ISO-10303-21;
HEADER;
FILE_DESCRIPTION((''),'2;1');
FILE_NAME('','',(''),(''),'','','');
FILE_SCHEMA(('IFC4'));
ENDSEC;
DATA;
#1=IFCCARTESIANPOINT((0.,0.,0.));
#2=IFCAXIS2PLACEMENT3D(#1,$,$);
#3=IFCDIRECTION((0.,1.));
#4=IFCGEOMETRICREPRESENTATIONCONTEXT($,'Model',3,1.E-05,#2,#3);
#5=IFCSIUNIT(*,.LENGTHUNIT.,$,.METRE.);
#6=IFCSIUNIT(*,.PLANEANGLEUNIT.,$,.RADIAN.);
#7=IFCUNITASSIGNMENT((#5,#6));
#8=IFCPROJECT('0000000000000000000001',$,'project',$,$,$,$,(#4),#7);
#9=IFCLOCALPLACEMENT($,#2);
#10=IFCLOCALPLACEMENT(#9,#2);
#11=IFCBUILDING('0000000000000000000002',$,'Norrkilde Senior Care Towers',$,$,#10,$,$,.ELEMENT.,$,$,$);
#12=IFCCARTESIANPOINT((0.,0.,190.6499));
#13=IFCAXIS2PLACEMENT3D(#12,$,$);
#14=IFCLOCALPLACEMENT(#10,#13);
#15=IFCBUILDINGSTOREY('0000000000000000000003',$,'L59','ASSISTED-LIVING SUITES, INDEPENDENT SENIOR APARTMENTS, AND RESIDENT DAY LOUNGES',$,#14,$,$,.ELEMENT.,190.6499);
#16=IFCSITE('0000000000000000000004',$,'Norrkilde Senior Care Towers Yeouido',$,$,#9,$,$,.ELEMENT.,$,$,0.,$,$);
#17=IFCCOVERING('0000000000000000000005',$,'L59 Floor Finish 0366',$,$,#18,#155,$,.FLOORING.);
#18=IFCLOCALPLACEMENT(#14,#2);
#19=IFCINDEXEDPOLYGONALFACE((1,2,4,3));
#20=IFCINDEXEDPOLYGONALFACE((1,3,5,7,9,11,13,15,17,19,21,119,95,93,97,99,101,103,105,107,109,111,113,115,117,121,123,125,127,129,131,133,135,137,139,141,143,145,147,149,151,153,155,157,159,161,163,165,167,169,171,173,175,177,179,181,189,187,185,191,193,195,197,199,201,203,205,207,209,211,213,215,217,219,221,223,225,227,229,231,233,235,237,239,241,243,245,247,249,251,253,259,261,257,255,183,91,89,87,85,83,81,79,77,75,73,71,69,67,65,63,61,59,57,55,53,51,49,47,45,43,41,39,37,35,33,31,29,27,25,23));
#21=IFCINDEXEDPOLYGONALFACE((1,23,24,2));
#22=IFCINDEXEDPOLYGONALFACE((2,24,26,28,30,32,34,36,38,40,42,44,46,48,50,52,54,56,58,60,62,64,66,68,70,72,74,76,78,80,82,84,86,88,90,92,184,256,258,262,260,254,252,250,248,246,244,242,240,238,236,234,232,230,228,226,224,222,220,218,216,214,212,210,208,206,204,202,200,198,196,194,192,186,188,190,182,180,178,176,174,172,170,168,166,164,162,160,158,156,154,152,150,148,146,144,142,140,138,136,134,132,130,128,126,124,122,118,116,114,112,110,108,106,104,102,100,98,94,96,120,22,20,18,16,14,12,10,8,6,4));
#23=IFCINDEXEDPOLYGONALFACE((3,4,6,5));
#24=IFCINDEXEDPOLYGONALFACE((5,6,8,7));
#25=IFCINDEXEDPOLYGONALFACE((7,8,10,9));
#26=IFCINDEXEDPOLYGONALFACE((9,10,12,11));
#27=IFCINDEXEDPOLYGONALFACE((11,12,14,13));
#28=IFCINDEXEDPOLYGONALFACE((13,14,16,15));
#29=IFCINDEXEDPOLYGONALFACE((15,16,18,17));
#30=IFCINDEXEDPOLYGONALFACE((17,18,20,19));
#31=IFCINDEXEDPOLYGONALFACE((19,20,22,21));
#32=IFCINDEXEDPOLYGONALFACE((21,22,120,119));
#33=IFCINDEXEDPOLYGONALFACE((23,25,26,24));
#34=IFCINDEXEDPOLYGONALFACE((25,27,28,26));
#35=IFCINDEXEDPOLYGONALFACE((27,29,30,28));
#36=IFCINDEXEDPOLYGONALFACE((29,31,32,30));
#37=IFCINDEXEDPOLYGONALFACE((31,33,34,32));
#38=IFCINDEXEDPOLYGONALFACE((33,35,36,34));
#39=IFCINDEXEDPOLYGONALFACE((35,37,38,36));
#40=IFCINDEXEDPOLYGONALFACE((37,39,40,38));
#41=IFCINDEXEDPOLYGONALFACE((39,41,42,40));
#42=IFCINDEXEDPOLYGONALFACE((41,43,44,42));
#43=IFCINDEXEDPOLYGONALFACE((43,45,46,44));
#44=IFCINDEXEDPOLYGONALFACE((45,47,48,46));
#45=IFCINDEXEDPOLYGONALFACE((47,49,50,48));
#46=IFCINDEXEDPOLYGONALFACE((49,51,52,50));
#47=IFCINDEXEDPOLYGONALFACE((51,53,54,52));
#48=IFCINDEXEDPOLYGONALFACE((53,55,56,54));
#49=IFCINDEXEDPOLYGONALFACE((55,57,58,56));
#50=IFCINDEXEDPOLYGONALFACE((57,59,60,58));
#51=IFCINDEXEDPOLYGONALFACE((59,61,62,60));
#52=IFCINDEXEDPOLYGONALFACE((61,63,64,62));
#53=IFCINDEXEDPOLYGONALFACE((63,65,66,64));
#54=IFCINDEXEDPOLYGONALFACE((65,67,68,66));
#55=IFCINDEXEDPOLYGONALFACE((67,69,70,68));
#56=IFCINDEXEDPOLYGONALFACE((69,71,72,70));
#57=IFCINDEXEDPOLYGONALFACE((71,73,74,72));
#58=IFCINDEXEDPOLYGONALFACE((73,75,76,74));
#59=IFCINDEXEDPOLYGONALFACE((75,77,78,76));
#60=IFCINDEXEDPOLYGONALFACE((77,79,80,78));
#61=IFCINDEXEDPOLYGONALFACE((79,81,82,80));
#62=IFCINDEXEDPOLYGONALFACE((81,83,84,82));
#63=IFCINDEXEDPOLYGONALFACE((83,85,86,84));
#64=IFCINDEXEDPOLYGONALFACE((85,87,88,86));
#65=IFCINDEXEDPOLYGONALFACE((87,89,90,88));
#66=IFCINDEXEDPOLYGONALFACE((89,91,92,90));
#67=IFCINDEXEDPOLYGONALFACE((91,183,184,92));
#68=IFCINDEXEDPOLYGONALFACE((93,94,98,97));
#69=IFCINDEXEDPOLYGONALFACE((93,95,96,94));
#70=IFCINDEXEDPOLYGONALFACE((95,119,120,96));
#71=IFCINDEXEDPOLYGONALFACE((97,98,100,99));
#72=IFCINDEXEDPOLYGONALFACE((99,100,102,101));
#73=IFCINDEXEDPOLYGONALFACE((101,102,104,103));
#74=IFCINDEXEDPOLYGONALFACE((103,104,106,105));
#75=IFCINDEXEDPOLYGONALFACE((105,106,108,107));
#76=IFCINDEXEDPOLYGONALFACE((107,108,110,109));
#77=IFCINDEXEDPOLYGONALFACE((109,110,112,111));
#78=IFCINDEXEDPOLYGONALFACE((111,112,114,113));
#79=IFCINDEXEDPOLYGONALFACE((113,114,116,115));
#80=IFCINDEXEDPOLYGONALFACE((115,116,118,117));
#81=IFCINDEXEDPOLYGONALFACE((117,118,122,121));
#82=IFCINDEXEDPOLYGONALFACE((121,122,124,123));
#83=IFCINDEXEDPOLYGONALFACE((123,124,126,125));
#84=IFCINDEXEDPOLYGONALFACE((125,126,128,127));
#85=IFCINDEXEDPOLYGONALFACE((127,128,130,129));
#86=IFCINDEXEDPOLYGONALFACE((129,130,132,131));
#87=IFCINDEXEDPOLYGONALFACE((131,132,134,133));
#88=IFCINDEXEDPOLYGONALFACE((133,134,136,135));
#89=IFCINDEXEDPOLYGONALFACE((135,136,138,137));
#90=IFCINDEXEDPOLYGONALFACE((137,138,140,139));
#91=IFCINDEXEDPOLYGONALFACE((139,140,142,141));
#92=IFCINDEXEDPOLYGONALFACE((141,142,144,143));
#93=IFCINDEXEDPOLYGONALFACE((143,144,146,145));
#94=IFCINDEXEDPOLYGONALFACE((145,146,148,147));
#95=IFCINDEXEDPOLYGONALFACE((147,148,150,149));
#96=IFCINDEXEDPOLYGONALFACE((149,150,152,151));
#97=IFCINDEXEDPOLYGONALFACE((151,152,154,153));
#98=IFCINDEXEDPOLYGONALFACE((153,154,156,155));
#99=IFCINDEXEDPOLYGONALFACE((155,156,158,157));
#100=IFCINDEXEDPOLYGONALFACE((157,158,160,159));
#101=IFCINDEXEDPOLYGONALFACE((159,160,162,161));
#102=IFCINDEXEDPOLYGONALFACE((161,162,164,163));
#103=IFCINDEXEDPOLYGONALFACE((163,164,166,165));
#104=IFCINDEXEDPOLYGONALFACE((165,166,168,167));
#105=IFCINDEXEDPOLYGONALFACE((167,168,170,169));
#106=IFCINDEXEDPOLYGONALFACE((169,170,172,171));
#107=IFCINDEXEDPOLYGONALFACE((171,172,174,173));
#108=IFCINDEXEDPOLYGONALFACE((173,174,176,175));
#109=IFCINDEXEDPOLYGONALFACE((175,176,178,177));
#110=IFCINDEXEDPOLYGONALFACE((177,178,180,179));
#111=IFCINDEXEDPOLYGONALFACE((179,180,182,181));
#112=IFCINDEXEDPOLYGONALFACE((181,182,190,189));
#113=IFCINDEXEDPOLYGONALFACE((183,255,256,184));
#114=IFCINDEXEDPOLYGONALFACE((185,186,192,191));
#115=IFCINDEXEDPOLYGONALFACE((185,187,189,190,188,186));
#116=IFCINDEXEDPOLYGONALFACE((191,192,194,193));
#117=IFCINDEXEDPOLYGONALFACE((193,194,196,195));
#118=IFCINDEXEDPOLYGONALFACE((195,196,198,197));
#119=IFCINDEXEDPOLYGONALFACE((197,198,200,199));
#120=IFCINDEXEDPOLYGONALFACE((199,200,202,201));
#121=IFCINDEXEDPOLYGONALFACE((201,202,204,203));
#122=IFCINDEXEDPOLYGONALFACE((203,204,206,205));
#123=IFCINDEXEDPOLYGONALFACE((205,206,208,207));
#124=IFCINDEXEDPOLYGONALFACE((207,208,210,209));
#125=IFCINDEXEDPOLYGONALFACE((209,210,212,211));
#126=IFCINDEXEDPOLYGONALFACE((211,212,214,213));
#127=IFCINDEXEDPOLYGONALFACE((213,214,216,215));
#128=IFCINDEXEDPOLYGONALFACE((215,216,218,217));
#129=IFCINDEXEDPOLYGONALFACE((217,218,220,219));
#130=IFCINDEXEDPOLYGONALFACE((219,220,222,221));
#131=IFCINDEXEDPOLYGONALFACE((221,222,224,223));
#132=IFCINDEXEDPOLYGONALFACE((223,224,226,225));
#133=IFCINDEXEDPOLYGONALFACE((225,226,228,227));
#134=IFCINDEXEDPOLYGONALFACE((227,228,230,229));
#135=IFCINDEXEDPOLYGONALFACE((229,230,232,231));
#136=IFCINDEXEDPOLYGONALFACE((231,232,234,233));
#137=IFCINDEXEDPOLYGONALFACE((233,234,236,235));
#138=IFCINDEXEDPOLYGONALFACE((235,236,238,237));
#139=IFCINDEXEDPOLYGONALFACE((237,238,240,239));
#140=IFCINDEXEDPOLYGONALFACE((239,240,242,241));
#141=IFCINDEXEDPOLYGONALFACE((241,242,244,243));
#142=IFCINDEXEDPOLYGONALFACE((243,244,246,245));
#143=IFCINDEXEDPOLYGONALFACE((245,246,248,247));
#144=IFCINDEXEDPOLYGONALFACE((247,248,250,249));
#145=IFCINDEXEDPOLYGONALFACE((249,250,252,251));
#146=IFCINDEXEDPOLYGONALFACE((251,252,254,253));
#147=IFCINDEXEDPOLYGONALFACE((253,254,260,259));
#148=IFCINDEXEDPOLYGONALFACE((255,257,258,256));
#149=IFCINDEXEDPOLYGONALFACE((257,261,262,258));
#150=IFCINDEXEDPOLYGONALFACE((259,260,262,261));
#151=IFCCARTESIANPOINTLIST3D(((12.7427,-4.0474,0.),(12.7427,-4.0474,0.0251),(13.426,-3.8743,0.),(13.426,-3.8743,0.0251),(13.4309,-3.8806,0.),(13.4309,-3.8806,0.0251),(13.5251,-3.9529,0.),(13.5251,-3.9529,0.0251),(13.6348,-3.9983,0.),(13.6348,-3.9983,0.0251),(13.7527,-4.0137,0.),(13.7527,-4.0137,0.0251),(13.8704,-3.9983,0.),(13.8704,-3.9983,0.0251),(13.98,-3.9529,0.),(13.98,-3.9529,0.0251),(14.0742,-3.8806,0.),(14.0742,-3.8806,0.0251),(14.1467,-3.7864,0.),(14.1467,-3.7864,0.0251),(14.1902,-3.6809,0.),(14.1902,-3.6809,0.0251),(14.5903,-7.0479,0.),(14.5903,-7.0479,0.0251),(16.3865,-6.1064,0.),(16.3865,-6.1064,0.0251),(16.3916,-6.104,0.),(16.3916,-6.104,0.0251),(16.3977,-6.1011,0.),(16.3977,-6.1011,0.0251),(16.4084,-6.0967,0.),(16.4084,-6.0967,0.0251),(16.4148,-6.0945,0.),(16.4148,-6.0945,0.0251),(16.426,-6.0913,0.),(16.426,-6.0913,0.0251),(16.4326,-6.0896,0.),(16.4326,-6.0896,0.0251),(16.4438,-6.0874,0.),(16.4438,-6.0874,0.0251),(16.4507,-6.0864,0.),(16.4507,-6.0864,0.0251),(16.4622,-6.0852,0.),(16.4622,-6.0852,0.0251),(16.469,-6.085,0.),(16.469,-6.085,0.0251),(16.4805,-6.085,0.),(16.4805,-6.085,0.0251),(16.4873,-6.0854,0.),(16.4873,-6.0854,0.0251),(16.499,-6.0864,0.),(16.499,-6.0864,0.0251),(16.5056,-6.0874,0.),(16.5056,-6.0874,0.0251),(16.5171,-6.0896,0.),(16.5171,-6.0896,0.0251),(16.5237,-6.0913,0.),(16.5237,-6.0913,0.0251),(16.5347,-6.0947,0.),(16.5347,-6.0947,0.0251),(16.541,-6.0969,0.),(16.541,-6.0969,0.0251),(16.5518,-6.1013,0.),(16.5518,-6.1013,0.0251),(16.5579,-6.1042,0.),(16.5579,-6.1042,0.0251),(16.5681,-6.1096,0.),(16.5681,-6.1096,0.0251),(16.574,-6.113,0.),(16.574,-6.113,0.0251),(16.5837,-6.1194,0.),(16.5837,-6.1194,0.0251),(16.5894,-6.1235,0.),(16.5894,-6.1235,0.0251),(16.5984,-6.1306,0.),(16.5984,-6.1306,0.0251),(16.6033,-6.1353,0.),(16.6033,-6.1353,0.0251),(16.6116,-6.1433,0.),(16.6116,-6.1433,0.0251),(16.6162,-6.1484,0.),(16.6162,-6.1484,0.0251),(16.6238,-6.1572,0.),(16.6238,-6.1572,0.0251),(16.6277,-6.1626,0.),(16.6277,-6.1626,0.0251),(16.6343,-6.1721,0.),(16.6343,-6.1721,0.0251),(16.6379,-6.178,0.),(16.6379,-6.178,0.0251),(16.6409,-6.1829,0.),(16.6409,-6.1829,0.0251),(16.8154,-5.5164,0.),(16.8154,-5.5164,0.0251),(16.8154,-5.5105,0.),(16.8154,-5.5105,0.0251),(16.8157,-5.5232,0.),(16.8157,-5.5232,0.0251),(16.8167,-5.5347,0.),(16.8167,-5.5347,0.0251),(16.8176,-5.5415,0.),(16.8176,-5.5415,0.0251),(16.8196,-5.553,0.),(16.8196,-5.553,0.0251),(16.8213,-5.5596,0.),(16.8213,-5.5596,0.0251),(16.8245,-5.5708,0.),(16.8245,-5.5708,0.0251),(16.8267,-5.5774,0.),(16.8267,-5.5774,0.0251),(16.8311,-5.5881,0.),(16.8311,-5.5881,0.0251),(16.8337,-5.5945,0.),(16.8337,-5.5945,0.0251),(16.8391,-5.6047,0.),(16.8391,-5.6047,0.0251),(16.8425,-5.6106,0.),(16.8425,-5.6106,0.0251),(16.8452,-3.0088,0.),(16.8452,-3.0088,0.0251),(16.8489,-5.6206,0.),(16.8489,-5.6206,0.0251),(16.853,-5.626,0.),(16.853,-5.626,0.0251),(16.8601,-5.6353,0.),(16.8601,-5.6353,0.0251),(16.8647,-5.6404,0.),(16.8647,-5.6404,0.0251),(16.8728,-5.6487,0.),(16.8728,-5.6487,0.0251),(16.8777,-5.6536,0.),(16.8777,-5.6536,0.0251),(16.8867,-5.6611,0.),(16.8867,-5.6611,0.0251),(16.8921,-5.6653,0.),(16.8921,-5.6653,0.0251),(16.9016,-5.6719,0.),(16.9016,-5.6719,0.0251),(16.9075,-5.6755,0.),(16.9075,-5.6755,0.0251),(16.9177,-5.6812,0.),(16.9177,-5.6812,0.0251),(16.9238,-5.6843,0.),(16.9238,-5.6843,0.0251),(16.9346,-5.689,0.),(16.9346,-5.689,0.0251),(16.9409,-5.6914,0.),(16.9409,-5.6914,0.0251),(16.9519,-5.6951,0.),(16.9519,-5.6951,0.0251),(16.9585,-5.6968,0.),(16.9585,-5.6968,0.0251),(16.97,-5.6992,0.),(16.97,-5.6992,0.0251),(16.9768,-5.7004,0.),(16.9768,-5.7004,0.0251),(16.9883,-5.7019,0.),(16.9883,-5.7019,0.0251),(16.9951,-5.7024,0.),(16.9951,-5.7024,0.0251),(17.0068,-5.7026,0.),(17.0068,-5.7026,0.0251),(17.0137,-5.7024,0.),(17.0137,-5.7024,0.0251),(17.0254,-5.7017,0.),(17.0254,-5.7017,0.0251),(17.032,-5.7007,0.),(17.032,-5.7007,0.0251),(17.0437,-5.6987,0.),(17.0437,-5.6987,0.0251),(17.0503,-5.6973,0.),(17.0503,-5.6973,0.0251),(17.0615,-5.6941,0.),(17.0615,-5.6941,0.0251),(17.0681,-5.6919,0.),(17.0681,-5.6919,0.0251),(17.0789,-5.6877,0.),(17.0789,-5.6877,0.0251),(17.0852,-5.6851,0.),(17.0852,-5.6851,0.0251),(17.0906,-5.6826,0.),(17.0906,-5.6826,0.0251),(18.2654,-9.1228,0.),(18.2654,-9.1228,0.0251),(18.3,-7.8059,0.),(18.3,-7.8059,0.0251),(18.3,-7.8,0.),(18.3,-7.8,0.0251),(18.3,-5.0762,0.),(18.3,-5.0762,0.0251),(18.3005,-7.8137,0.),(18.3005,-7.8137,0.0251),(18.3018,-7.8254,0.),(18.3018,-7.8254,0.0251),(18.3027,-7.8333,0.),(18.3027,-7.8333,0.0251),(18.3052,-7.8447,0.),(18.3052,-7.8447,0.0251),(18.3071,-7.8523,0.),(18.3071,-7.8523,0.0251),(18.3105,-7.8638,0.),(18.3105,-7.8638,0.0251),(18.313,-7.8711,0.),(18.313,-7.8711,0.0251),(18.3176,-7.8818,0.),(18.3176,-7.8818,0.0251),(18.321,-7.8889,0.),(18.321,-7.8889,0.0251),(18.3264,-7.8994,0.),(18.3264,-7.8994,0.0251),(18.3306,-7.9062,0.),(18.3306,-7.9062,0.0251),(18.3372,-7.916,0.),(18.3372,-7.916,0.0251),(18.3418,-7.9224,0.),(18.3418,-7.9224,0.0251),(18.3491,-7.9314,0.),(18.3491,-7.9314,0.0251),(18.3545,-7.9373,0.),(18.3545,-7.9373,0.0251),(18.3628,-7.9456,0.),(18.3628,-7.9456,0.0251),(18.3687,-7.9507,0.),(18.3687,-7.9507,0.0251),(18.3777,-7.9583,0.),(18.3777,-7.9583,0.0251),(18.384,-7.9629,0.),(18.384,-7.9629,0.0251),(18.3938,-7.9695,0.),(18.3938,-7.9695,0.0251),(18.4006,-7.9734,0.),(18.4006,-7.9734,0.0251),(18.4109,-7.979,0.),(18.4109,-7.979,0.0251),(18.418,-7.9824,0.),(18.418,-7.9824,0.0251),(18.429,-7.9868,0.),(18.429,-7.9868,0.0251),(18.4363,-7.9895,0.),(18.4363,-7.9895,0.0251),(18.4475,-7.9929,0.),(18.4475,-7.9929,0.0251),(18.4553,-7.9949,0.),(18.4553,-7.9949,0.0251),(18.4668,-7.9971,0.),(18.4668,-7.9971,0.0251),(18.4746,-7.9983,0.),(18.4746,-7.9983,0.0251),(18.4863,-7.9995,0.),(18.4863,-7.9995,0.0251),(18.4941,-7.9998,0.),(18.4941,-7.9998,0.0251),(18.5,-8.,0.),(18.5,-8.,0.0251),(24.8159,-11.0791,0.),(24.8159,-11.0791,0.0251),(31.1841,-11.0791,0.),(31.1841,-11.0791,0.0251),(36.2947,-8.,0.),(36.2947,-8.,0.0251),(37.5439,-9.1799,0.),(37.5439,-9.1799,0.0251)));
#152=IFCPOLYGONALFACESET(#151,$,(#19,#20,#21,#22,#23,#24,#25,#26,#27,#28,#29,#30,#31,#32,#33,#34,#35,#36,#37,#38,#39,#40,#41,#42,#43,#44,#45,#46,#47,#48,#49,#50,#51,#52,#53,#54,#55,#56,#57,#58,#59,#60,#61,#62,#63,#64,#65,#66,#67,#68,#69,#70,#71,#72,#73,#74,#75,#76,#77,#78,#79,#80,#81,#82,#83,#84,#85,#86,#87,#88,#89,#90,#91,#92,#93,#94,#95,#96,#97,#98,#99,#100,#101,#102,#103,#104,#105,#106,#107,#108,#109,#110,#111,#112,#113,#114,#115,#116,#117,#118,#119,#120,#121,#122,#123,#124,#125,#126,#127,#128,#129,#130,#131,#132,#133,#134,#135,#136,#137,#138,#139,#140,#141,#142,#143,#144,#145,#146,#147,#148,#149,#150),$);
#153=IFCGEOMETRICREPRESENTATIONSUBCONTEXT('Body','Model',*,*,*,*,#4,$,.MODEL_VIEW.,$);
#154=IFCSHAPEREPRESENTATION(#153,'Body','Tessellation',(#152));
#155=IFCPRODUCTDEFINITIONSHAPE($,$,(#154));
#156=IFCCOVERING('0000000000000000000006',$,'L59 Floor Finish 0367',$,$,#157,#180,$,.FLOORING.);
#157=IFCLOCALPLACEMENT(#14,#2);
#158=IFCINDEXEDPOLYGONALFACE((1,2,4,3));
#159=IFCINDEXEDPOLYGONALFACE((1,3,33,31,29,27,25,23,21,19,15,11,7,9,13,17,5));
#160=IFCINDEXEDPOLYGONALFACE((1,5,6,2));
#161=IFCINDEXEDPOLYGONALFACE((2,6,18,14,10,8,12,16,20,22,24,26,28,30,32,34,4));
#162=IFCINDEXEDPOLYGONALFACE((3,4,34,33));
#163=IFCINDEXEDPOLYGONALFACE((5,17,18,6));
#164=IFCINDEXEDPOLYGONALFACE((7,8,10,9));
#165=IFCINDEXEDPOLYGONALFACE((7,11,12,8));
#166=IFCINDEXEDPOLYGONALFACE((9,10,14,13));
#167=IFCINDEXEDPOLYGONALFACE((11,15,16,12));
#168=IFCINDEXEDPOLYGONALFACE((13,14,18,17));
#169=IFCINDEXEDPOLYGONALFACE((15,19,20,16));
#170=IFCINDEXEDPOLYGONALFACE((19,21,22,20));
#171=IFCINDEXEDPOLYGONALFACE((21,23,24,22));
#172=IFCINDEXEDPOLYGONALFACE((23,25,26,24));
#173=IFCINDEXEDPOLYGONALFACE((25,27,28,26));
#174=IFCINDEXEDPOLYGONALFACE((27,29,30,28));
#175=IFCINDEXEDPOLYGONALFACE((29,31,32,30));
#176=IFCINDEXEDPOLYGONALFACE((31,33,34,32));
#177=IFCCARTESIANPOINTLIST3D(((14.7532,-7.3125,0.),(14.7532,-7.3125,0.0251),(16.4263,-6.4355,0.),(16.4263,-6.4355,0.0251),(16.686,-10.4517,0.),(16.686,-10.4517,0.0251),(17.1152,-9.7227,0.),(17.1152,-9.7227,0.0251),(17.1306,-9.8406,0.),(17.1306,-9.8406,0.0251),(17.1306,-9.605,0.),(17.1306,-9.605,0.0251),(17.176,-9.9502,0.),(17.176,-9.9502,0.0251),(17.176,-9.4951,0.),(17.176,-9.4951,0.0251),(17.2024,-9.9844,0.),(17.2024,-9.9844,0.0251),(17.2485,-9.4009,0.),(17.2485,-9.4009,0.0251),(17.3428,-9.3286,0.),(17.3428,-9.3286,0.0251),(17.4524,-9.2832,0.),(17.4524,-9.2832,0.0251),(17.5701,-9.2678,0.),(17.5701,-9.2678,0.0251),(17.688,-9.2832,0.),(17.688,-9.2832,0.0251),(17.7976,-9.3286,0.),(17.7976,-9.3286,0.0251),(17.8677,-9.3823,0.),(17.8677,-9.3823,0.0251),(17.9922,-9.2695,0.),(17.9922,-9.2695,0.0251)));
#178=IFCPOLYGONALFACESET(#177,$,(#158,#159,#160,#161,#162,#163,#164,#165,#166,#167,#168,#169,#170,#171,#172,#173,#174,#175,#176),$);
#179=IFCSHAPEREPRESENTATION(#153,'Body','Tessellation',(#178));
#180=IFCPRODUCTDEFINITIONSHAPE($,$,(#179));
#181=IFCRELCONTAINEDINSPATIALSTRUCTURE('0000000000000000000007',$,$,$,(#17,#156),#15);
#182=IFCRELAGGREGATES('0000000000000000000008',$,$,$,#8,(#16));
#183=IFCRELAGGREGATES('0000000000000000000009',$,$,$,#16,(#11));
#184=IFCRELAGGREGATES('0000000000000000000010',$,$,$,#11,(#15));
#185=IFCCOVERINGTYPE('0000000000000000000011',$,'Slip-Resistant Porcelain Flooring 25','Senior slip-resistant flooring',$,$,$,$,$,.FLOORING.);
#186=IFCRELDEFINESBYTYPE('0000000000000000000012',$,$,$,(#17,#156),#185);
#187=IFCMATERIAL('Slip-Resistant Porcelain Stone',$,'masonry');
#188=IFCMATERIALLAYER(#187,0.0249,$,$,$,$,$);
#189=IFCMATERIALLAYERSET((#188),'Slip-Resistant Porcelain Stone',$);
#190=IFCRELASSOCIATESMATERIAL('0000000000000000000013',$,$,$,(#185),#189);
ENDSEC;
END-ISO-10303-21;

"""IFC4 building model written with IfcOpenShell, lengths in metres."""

from ifc_helpers import new_model, si_unit, direction, frame, origin, place, context, subcontext, project, spatial, polyline, outline, extrude, material, layer, layer_set, type_object, element, save


model = new_model("IFC4")

# Units and contexts
model_context = context("Model", 3, precision=1e-05, world=origin(), true_north=direction((0.0, 1.0)))
body_context = subcontext(model_context, "Body", "Model", "MODEL_VIEW")
ifc_project = project(units=[si_unit("LENGTHUNIT", "METRE"), si_unit("PLANEANGLEUNIT", "RADIAN")], contexts=[model_context])

# Site, building, storey
site_placement = place(None, origin())
site = spatial("IfcSite", under=ifc_project, at=site_placement, Name="Norrkilde Senior Care Towers Yeouido", CompositionType="ELEMENT", RefElevation=0.0)
building_placement = place(site_placement, origin())
building = spatial("IfcBuilding", under=site, at=building_placement, Name="Norrkilde Senior Care Towers", CompositionType="ELEMENT")
storey_placement = place(building_placement, frame((0.0, 0.0, 190.6499)))
storey = spatial("IfcBuildingStorey", under=building, at=storey_placement, Name="L59", Description="ASSISTED-LIVING SUITES, INDEPENDENT SENIOR APARTMENTS, AND RESIDENT DAY LOUNGES", CompositionType="ELEMENT", Elevation=190.6499)

# Coverings
ifc_material_1 = material(Name="Slip-Resistant Porcelain Stone", Category="masonry")
ifc_layer_1 = layer(ifc_material_1, 0.0249)
ifc_layer_set_1 = layer_set([ifc_layer_1], Name="Slip-Resistant Porcelain Stone")
covering_type_1 = type_object("IfcCoveringType", Name="Slip-Resistant Porcelain Flooring 25", Description="Senior slip-resistant flooring", PredefinedType="FLOORING", material=ifc_layer_set_1)
covering_1_placement = place(storey_placement, origin())
element("IfcCovering", 1, at=covering_1_placement, inside=storey, type_object=covering_type_1, Name="L59 Floor Finish 0366", PredefinedType="FLOORING", context=body_context, shape_type="SweptSolid", body=[
    extrude(outline(polyline([(16.8176, -5.5415), (16.8196, -5.553), (16.8213, -5.5596), (16.8245, -5.5708), (16.8267, -5.5774), (16.8311, -5.5881), (16.8337, -5.5945), (16.8391, -5.6047), (16.8425, -5.6106), (16.8489, -5.6206), (16.853, -5.626), (16.8601, -5.6353), (16.8647, -5.6404), (16.8728, -5.6487), (16.8777, -5.6536), (16.8867, -5.6611), (16.8921, -5.6653), (16.9016, -5.6719), (16.9075, -5.6755), (16.9177, -5.6812), (16.9238, -5.6843), (16.9346, -5.689), (16.9409, -5.6914), (16.9519, -5.6951), (16.9585, -5.6968), (16.97, -5.6992), (16.9768, -5.7004), (16.9883, -5.7019), (16.9951, -5.7024), (17.0068, -5.7026), (17.0137, -5.7024), (17.0254, -5.7017), (17.032, -5.7007), (17.0437, -5.6987), (17.0503, -5.6973), (17.0615, -5.6941), (17.0681, -5.6919), (17.0789, -5.6877), (17.0852, -5.6851), (17.0906, -5.6826), (18.3, -5.0762), (18.3, -7.8), (18.3, -7.8059), (18.3005, -7.8137), (18.3018, -7.8254), (18.3027, -7.8333), (18.3052, -7.8447), (18.3071, -7.8523), (18.3105, -7.8638), (18.313, -7.8711), (18.3176, -7.8818), (18.321, -7.8889), (18.3264, -7.8994), (18.3306, -7.9062), (18.3372, -7.916), (18.3418, -7.9224), (18.3491, -7.9314), (18.3545, -7.9373), (18.3628, -7.9456), (18.3687, -7.9507), (18.3777, -7.9583), (18.384, -7.9629), (18.3938, -7.9695), (18.4006, -7.9734), (18.4109, -7.979), (18.418, -7.9824), (18.429, -7.9868), (18.4363, -7.9895), (18.4475, -7.9929), (18.4553, -7.9949), (18.4668, -7.9971), (18.4746, -7.9983), (18.4863, -7.9995), (18.4941, -7.9998), (18.5, -8.0), (36.2947, -8.0), (37.5439, -9.1799), (31.1841, -11.0791), (24.8159, -11.0791), (18.2654, -9.1228), (16.6409, -6.1829), (16.6379, -6.178), (16.6343, -6.1721), (16.6277, -6.1626), (16.6238, -6.1572), (16.6162, -6.1484), (16.6116, -6.1433), (16.6033, -6.1353), (16.5984, -6.1306), (16.5894, -6.1235), (16.5837, -6.1194), (16.574, -6.113), (16.5681, -6.1096), (16.5579, -6.1042), (16.5518, -6.1013), (16.541, -6.0969), (16.5347, -6.0947), (16.5237, -6.0913), (16.5171, -6.0896), (16.5056, -6.0874), (16.499, -6.0864), (16.4873, -6.0854), (16.4805, -6.085), (16.469, -6.085), (16.4622, -6.0852), (16.4507, -6.0864), (16.4438, -6.0874), (16.4326, -6.0896), (16.426, -6.0913), (16.4148, -6.0945), (16.4084, -6.0967), (16.3977, -6.1011), (16.3916, -6.104), (16.3865, -6.1064), (14.5903, -7.0479), (12.7427, -4.0474), (13.426, -3.8743), (13.4309, -3.8806), (13.5251, -3.9529), (13.6348, -3.9983), (13.7527, -4.0137), (13.8704, -3.9983), (13.98, -3.9529), (14.0742, -3.8806), (14.1467, -3.7864), (14.1902, -3.6809), (16.8452, -3.0088), (16.8154, -5.5105), (16.8154, -5.5164), (16.8157, -5.5232), (16.8167, -5.5347), (16.8176, -5.5415)])), origin(), (0.0, 0.0, 1.0), 0.0251),
])
covering_2_placement = place(storey_placement, origin())
element("IfcCovering", 2, at=covering_2_placement, inside=storey, type_object=covering_type_1, Name="L59 Floor Finish 0367", PredefinedType="FLOORING", context=body_context, shape_type="SweptSolid", body=[
    extrude(outline(polyline([(17.8677, -9.3823), (17.7976, -9.3286), (17.688, -9.2832), (17.5701, -9.2678), (17.4524, -9.2832), (17.3428, -9.3286), (17.2485, -9.4009), (17.176, -9.4951), (17.1306, -9.605), (17.1152, -9.7227), (17.1306, -9.8406), (17.176, -9.9502), (17.2024, -9.9844), (16.686, -10.4517), (14.7532, -7.3125), (16.4263, -6.4355), (17.9922, -9.2695), (17.8677, -9.3823)])), origin(), (0.0, 0.0, 1.0), 0.0251),
])

save(model, "model.ifc")
